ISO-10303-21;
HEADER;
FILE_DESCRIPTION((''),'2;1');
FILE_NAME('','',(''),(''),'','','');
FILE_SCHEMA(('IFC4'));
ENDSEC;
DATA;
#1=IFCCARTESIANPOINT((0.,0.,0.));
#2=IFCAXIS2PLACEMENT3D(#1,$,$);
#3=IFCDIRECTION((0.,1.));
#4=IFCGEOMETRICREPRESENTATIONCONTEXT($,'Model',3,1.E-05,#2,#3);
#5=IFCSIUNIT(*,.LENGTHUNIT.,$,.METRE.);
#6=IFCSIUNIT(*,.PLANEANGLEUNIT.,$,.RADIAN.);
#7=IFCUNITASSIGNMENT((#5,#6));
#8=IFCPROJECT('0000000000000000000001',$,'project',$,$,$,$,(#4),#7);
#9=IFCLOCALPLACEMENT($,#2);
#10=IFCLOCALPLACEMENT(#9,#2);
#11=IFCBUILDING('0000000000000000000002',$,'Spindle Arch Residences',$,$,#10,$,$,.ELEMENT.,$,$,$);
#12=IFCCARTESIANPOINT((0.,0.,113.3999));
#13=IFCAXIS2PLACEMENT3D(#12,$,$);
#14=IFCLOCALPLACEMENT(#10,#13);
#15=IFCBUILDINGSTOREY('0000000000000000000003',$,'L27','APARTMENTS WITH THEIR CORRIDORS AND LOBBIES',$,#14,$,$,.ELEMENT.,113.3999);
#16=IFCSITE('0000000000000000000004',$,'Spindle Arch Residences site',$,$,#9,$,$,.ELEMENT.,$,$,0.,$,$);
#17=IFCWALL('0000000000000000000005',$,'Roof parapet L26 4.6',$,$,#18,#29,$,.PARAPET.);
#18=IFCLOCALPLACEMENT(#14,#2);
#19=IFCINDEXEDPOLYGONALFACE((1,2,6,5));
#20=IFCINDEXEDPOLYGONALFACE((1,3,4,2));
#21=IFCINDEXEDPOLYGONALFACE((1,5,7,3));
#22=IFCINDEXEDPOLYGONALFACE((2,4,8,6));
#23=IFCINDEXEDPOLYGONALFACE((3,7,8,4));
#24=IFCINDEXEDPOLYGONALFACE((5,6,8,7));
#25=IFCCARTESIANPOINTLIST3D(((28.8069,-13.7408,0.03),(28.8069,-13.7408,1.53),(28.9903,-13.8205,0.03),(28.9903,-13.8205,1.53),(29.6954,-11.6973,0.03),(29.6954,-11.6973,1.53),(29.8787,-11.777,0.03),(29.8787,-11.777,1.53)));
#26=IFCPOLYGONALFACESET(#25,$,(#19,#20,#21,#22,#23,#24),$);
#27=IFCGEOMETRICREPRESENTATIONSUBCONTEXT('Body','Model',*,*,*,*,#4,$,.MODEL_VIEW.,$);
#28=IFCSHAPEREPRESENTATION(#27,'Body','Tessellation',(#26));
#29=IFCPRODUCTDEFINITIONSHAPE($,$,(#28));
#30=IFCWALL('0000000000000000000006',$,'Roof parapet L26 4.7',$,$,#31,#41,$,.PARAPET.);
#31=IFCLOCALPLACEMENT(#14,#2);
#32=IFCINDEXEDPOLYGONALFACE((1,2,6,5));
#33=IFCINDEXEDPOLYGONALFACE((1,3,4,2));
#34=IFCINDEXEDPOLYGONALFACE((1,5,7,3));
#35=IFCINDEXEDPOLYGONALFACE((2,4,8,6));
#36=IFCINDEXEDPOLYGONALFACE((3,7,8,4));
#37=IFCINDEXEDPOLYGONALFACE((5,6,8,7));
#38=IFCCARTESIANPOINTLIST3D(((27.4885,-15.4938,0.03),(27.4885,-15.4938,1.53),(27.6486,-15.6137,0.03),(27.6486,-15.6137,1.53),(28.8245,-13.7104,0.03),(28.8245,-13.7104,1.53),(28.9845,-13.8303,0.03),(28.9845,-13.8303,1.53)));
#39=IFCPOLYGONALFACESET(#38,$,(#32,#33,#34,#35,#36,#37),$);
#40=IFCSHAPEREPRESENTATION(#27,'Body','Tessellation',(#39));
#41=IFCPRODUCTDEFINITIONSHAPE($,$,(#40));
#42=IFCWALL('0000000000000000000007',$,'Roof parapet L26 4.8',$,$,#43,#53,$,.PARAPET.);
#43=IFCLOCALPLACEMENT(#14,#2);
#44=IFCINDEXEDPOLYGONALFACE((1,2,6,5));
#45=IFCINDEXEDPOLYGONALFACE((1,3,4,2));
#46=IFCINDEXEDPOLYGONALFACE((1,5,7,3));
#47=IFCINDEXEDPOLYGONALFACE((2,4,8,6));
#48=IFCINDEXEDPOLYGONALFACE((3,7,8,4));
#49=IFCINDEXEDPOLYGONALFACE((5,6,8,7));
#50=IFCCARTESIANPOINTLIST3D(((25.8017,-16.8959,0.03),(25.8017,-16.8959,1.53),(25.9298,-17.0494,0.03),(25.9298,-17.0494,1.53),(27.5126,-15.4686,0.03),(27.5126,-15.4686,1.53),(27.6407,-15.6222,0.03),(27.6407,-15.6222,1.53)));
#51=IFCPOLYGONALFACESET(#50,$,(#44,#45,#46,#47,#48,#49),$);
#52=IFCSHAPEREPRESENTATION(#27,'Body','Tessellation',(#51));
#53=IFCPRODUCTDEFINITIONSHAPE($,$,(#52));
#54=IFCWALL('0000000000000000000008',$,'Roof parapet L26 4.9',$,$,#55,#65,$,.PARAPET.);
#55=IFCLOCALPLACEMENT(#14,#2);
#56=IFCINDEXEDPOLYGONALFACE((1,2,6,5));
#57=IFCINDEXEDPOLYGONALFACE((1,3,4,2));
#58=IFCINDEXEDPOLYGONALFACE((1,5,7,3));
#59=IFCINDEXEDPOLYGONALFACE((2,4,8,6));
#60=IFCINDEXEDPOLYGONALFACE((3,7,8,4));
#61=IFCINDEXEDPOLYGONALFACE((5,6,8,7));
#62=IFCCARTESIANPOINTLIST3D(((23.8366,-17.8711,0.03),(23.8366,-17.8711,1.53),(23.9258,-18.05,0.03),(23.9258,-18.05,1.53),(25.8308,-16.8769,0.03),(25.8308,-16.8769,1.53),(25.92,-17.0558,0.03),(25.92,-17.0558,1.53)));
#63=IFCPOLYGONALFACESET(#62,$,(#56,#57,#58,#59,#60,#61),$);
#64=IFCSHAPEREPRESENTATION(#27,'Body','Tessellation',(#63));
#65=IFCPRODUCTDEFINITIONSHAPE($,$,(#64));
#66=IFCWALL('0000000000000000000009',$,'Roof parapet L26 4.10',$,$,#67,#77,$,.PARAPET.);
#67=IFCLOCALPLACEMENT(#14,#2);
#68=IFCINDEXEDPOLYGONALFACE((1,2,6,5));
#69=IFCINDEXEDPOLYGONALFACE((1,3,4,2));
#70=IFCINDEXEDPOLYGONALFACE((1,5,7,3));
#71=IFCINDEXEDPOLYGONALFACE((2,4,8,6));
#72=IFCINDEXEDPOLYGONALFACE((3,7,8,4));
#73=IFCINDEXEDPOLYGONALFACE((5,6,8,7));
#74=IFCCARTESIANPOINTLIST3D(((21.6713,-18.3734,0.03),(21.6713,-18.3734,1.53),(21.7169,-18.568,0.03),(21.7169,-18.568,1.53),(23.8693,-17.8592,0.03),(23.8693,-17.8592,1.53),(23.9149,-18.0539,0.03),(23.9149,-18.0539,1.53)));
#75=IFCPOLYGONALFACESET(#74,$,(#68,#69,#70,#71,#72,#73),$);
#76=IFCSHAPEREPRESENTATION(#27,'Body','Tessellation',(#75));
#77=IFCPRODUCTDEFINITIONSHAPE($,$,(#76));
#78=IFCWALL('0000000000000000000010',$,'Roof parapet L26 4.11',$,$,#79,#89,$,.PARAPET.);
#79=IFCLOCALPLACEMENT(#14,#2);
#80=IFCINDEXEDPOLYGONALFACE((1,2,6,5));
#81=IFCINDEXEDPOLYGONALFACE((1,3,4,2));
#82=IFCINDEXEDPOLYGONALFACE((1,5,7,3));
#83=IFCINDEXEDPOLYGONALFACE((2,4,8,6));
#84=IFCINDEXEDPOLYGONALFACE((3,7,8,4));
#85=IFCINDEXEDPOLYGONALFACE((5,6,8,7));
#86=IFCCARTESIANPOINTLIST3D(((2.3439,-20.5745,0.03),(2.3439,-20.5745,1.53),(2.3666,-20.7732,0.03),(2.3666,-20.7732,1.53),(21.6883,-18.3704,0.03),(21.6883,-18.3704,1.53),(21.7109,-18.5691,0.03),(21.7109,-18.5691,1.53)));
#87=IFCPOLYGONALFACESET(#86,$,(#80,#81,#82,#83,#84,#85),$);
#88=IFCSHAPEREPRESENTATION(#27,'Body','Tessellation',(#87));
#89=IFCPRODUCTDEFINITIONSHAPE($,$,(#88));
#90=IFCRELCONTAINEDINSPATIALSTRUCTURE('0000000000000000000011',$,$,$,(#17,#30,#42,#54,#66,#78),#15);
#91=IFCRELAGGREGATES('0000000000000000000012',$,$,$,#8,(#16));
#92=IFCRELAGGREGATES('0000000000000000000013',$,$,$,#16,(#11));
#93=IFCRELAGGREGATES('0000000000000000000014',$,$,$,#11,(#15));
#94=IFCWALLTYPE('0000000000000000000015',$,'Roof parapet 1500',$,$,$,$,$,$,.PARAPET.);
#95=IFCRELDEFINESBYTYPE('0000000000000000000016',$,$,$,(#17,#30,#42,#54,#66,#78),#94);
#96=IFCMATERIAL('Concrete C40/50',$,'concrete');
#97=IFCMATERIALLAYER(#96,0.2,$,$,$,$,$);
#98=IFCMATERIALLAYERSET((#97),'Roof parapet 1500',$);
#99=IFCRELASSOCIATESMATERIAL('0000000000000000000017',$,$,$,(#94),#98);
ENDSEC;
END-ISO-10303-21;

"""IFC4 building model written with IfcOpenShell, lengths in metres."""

from ifc_helpers import new_model, si_unit, direction, frame, frame_2d, origin, place, context, subcontext, project, spatial, rectangle, extrude, material, layer, layer_set, type_object, element, save


model = new_model("IFC4")

# Units and contexts
model_context = context("Model", 3, precision=1e-05, world=origin(), true_north=direction((0.0, 1.0)))
body_context = subcontext(model_context, "Body", "Model", "MODEL_VIEW")
ifc_project = project(units=[si_unit("LENGTHUNIT", "METRE"), si_unit("PLANEANGLEUNIT", "RADIAN")], contexts=[model_context])

# Site, building, storey
site_placement = place(None, origin())
site = spatial("IfcSite", under=ifc_project, at=site_placement, Name="Spindle Arch Residences site", CompositionType="ELEMENT", RefElevation=0.0)
building_placement = place(site_placement, origin())
building = spatial("IfcBuilding", under=site, at=building_placement, Name="Spindle Arch Residences", CompositionType="ELEMENT")
storey_placement = place(building_placement, frame((0.0, 0.0, 113.3999)))
storey = spatial("IfcBuildingStorey", under=building, at=storey_placement, Name="L27", Description="APARTMENTS WITH THEIR CORRIDORS AND LOBBIES", CompositionType="ELEMENT", Elevation=113.3999)

# Walls
ifc_material_1 = material(Name="Concrete C40/50", Category="concrete")
ifc_layer_1 = layer(ifc_material_1, 0.2)
ifc_layer_set_1 = layer_set([ifc_layer_1], Name="Roof parapet 1500")
wall_type_1 = type_object("IfcWallType", Name="Roof parapet 1500", PredefinedType="PARAPET", material=ifc_layer_set_1)
for number, where, z_axis, x_axis, name in (
    (1, (29.7871, -11.7371, 0.03), (0.0, 0.0, 1.0), (-0.398714, -0.917075, 0.0), "Roof parapet L26 4.6"),
    (2, (28.9045, -13.7703, 0.03), (0.0, 0.0, 1.0), (-0.599527, -0.800355, 0.0), "Roof parapet L26 4.7"),
):
    element("IfcWall", number, at=place(storey_placement, frame(where, z_axis=z_axis, x_axis=x_axis)), inside=storey, type_object=wall_type_1, Name=name, PredefinedType="PARAPET", context=body_context, shape_type="SweptSolid", body=[
        extrude(rectangle(XDim=2.2283, YDim=0.2, at=frame_2d((1.1143, 0.0))), origin(), (0.0, 0.0, 1.0), 1.5),
    ])
wall_1_placement = place(storey_placement, frame((27.5767, -15.5454, 0.03), z_axis=(0.0, 0.0, 1.0), x_axis=(-0.767898, -0.640572, 0.0)))
element("IfcWall", 3, at=wall_1_placement, inside=storey, type_object=wall_type_1, Name="Roof parapet L26 4.8", PredefinedType="PARAPET", context=body_context, shape_type="SweptSolid", body=[
    extrude(rectangle(XDim=2.228, YDim=0.2, at=frame_2d((1.114, 0.0))), origin(), (0.0, 0.0, 1.0), 1.5),
])
wall_2_placement = place(storey_placement, frame((25.8755, -16.9663, 0.03), z_axis=(0.0, 0.0, 1.0), x_axis=(-0.894952, -0.446161, 0.0)))
element("IfcWall", 4, at=wall_2_placement, inside=storey, type_object=wall_type_1, Name="Roof parapet L26 4.9", PredefinedType="PARAPET", context=body_context, shape_type="SweptSolid", body=[
    extrude(rectangle(XDim=2.2283, YDim=0.2, at=frame_2d((1.1143, 0.0))), origin(), (0.0, 0.0, 1.0), 1.5),
])
wall_3_placement = place(storey_placement, frame((23.8921, -17.9565, 0.03), z_axis=(0.0, 0.0, 1.0), x_axis=(-0.973714, -0.227773, 0.0)))
element("IfcWall", 5, at=wall_3_placement, inside=storey, type_object=wall_type_1, Name="Roof parapet L26 4.10", PredefinedType="PARAPET", context=body_context, shape_type="SweptSolid", body=[
    extrude(rectangle(XDim=2.2573, YDim=0.2, at=frame_2d((1.1287, 0.0))), origin(), (0.0, 0.0, 1.0), 1.5),
])
wall_4_placement = place(storey_placement, frame((21.6997, -18.4697, 0.03), z_axis=(0.0, 0.0, 1.0), x_axis=(-0.993571, -0.113208, 0.0)))
element("IfcWall", 6, at=wall_4_placement, inside=storey, type_object=wall_type_1, Name="Roof parapet L26 4.11", PredefinedType="PARAPET", context=body_context, shape_type="SweptSolid", body=[
    extrude(rectangle(XDim=19.4695, YDim=0.2, at=frame_2d((9.7349, 0.0))), origin(), (0.0, 0.0, 1.0), 1.5),
])

save(model, "model.ifc")
